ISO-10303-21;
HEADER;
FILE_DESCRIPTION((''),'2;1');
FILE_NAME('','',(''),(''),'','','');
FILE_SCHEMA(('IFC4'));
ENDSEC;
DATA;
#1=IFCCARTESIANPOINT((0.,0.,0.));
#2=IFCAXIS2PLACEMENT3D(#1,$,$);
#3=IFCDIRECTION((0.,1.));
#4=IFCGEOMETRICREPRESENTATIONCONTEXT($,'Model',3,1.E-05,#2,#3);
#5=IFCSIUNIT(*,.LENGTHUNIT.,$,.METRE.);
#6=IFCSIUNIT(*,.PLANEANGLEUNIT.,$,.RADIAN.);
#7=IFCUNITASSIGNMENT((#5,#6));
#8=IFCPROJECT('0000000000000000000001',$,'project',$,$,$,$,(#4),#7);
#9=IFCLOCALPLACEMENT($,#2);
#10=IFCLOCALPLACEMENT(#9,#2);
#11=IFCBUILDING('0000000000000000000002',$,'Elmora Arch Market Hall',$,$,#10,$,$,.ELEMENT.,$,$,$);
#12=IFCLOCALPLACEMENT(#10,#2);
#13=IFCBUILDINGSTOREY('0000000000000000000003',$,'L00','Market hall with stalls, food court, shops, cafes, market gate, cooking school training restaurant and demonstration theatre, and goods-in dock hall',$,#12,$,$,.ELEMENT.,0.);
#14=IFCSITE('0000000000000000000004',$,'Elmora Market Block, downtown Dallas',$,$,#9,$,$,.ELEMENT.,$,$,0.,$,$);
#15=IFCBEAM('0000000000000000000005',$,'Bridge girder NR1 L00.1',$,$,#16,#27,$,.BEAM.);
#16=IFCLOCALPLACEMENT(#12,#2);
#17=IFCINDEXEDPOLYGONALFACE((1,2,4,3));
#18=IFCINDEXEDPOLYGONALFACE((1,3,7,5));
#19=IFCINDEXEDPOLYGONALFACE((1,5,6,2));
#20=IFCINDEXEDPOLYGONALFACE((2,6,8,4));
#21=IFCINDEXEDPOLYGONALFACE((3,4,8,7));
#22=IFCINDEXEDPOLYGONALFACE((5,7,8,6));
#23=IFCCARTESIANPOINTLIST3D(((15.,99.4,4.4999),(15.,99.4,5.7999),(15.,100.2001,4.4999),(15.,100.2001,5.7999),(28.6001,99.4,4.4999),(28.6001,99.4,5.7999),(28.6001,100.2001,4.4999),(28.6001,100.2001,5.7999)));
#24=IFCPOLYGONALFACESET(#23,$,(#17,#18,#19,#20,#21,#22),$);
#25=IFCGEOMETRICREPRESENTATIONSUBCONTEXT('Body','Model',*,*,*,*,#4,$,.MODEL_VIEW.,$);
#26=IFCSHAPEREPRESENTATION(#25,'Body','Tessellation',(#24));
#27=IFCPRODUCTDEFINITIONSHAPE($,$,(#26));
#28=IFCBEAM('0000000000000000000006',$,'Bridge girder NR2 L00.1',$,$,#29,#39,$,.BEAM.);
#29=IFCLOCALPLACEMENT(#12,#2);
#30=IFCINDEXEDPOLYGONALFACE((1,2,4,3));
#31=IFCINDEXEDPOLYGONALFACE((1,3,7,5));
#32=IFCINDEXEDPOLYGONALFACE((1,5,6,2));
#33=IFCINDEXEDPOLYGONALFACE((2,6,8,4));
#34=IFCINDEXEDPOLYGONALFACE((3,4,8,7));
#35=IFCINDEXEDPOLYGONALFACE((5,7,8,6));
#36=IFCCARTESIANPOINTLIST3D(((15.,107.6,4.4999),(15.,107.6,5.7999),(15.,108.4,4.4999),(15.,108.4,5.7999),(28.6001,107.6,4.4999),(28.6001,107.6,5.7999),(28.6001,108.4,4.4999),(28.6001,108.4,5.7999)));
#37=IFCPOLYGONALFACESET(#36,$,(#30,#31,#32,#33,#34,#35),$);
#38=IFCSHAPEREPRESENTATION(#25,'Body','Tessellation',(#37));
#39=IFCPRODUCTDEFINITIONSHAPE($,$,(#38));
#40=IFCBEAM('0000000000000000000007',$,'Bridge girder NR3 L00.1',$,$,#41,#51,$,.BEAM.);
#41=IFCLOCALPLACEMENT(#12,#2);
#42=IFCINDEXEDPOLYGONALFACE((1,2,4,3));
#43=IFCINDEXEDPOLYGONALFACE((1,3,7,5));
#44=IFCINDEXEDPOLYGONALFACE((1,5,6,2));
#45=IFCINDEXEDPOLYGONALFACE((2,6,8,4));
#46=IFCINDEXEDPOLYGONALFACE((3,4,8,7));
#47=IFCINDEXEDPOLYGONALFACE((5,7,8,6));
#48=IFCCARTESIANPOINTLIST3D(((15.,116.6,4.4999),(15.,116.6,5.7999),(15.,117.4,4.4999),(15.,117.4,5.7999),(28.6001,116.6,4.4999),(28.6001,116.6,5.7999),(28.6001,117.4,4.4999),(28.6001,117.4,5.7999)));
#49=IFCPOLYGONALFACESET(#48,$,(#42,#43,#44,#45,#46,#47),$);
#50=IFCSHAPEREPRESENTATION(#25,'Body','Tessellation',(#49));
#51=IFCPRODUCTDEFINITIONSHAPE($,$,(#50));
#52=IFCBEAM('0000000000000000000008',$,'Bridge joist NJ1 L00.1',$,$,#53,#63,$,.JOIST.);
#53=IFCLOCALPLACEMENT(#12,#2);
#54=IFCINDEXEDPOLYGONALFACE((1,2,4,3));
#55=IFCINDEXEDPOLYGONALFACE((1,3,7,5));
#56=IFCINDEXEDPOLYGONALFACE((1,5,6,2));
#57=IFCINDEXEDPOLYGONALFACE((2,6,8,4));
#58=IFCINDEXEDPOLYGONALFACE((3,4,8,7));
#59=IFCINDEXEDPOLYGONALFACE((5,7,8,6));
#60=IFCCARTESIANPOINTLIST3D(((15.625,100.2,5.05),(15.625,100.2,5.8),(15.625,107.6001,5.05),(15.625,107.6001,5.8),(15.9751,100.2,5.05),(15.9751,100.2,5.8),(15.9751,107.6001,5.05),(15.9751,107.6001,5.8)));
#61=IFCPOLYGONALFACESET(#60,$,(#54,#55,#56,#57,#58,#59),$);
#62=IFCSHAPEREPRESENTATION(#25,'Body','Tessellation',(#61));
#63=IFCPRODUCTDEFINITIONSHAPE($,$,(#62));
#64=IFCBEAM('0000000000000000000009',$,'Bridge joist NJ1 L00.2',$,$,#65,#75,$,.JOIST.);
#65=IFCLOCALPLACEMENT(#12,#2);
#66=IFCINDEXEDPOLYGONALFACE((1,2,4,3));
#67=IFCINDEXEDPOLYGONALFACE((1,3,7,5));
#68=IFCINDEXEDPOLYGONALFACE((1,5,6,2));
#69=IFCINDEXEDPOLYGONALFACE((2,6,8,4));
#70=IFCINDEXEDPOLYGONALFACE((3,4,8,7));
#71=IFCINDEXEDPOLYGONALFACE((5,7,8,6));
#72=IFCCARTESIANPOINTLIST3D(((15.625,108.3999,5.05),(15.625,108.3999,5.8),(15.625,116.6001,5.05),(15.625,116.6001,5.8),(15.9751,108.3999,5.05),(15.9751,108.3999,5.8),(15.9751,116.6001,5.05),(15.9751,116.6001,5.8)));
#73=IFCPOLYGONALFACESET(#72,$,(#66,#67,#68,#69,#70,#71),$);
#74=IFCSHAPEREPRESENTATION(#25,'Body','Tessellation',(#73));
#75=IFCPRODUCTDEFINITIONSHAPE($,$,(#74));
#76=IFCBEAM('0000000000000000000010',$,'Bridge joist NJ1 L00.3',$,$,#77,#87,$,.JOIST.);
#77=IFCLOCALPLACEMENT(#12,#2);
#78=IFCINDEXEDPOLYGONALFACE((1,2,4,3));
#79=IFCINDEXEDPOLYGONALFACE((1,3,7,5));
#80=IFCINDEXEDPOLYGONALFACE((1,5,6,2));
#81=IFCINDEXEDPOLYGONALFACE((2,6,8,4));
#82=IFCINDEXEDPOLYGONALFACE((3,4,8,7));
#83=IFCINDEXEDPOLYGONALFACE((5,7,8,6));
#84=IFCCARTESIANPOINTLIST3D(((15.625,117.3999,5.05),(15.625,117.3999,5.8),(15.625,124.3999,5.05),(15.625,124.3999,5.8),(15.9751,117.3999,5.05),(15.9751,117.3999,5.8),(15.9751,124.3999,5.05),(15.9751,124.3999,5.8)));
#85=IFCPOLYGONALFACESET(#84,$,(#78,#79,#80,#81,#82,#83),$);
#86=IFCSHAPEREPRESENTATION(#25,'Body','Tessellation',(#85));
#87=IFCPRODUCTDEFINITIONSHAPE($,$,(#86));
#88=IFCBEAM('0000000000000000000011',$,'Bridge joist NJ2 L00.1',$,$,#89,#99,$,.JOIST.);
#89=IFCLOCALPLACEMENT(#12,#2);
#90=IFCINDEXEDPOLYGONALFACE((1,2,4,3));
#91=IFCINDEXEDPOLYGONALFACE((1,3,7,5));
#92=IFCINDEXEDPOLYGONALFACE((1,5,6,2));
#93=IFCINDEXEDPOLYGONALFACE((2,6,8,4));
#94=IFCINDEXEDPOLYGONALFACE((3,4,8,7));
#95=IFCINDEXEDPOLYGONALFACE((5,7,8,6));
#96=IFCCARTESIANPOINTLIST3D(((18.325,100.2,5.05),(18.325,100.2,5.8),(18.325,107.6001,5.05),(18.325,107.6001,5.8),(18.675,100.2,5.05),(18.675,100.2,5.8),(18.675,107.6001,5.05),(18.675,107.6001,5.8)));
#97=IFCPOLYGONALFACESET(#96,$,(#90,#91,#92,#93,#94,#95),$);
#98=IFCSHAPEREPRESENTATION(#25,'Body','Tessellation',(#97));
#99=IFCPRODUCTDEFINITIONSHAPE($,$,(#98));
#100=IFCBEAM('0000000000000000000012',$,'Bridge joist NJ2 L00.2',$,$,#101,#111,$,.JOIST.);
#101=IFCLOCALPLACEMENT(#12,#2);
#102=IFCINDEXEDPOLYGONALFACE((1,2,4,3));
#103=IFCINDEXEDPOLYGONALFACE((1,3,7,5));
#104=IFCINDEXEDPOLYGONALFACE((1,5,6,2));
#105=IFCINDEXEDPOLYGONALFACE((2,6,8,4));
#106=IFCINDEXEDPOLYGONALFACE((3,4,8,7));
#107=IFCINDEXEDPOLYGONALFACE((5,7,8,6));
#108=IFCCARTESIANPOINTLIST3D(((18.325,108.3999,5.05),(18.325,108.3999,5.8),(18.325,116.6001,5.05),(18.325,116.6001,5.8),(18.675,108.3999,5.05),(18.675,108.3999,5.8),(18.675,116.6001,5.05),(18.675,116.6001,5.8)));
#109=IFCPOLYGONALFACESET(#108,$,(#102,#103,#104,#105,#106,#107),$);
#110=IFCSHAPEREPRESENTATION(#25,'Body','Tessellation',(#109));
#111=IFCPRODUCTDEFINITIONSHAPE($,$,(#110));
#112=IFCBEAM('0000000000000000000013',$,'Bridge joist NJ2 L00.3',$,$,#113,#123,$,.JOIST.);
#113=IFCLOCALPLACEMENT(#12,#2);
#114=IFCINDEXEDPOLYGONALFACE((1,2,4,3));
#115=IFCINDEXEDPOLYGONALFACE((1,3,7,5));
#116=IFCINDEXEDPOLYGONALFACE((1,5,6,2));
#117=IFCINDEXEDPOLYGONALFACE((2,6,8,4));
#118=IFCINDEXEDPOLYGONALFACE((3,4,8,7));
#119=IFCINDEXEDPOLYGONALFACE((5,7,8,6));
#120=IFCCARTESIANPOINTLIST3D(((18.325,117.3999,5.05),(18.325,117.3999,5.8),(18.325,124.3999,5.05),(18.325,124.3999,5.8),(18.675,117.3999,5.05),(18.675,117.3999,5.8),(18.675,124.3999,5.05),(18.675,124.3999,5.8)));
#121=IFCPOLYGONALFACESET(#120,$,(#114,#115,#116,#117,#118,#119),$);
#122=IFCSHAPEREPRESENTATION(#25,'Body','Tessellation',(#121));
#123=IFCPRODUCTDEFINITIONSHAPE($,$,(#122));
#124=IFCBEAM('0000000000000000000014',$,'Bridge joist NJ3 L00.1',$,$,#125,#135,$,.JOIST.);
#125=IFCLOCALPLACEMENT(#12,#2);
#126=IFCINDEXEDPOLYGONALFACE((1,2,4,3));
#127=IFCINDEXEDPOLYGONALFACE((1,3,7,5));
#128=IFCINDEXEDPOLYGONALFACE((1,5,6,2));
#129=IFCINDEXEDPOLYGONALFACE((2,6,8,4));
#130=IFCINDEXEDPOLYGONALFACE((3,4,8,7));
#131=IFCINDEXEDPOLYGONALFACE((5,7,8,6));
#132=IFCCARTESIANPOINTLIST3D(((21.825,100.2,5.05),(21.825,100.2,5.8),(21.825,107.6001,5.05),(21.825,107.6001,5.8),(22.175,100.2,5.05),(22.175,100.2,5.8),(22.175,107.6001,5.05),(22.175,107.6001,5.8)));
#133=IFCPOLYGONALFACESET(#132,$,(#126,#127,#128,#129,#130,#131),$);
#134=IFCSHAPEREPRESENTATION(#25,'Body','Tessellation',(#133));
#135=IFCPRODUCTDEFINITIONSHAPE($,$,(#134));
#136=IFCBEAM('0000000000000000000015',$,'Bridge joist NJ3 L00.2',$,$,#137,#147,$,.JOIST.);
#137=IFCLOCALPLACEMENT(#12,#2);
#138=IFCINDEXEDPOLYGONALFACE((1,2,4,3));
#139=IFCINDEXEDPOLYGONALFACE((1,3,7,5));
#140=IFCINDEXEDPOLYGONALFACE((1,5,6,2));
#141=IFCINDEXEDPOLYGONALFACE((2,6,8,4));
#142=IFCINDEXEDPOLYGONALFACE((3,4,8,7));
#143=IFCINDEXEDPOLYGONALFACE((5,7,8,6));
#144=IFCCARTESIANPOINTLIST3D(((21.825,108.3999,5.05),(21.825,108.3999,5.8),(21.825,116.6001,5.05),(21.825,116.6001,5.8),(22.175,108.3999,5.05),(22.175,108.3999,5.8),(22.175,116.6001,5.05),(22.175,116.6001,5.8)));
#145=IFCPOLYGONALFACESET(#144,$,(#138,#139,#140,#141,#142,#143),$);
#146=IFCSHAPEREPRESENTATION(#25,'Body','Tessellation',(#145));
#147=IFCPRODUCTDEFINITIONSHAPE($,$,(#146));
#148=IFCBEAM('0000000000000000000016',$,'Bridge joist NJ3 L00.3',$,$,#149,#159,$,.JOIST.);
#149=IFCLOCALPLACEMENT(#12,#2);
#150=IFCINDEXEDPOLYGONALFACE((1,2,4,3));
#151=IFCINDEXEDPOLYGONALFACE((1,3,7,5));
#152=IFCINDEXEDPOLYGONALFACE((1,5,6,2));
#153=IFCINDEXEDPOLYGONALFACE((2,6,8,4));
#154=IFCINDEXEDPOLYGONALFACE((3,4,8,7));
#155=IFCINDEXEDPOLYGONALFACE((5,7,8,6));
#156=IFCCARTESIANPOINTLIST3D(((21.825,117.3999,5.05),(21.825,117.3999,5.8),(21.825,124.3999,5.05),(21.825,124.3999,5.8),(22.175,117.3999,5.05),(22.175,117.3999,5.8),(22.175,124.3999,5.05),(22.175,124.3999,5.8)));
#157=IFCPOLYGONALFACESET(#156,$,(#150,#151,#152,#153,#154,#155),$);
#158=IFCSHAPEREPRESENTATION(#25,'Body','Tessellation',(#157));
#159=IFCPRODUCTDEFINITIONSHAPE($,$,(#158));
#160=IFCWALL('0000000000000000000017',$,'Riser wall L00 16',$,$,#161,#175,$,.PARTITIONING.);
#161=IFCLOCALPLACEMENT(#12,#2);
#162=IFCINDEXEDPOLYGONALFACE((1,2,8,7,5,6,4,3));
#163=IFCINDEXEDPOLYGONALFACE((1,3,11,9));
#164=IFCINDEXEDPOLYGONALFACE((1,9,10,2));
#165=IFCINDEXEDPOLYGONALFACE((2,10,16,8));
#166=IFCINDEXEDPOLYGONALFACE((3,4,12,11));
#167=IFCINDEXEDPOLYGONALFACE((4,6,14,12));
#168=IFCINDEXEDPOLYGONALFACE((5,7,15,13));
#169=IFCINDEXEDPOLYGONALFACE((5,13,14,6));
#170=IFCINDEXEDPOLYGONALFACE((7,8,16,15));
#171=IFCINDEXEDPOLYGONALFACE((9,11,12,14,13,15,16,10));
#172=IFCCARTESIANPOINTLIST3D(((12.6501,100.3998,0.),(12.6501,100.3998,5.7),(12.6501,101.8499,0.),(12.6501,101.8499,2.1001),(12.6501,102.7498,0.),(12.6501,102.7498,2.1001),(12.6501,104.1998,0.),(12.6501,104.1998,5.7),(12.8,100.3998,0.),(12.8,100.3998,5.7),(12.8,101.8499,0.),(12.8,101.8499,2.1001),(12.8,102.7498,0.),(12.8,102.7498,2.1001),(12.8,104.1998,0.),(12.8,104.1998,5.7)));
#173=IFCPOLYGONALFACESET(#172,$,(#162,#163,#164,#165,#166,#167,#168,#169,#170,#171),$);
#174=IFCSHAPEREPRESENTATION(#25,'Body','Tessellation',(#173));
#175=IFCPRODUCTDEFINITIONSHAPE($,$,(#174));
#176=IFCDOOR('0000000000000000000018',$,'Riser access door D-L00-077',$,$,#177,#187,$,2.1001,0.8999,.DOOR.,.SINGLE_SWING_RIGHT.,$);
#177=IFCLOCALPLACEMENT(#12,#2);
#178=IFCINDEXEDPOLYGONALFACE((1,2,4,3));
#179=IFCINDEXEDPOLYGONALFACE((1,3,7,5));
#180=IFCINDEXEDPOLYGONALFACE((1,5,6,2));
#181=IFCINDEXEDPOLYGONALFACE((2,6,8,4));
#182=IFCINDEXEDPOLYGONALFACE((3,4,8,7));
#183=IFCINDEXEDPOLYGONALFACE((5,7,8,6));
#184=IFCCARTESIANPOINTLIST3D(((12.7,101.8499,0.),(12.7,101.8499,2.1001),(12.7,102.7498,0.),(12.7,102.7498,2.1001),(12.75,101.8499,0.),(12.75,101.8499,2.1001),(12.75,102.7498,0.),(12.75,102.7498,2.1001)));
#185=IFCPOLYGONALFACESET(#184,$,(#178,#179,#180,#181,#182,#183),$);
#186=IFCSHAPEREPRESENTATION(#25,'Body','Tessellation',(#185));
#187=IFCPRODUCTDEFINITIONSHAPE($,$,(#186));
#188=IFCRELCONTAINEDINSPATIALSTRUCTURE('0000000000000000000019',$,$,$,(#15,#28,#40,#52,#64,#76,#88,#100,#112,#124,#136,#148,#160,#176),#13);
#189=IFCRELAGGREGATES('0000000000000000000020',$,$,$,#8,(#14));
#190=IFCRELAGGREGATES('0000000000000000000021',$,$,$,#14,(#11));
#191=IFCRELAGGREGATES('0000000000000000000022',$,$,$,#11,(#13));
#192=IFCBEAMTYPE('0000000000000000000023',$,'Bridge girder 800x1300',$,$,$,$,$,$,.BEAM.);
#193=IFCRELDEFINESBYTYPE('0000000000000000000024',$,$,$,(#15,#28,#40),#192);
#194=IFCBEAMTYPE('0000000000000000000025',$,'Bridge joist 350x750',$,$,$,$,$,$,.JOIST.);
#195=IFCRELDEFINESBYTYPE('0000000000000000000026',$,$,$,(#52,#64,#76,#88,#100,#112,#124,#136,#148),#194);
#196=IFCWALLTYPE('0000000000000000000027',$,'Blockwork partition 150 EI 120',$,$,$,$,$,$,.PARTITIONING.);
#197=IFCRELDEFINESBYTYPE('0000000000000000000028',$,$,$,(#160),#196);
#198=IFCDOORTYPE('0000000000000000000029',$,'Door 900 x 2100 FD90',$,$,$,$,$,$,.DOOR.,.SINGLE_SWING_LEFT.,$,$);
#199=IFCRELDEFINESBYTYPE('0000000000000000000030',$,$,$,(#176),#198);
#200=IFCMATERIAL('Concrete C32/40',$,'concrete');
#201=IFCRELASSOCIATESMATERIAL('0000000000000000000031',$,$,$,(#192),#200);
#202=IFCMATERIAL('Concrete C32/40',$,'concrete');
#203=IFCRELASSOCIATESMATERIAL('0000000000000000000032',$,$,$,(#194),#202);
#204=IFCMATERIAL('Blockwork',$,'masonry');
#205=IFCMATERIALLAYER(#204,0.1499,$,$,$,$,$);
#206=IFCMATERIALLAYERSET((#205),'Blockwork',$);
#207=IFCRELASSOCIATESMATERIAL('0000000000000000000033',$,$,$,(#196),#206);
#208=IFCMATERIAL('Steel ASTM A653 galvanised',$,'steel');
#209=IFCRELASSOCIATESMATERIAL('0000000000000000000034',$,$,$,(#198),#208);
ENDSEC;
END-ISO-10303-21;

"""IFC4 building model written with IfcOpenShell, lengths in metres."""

from ifc_helpers import new_model, si_unit, direction, frame, frame_2d, origin, origin_2d, place, context, subcontext, project, spatial, rectangle, extrude, material, layer, layer_set, material_profile, profile_set, type_object, element, fill, save


model = new_model("IFC4")

# Units and contexts
model_context = context("Model", 3, precision=1e-05, world=origin(), true_north=direction((0.0, 1.0)))
body_context = subcontext(model_context, "Body", "Model", "MODEL_VIEW")
ifc_project = project(units=[si_unit("LENGTHUNIT", "METRE"), si_unit("PLANEANGLEUNIT", "RADIAN")], contexts=[model_context])

# Site, building, storey
site_placement = place(None, origin())
site = spatial("IfcSite", under=ifc_project, at=site_placement, Name="Elmora Market Block, downtown Dallas", CompositionType="ELEMENT", RefElevation=0.0)
building_placement = place(site_placement, origin())
building = spatial("IfcBuilding", under=site, at=building_placement, Name="Elmora Arch Market Hall", CompositionType="ELEMENT")
storey_placement = place(building_placement, origin())
storey = spatial("IfcBuildingStorey", under=building, at=storey_placement, Name="L00", Description="Market hall with stalls, food court, shops, cafes, market gate, cooking school training restaurant and demonstration theatre, and goods-in dock hall", CompositionType="ELEMENT", Elevation=0.0)

# Beams
ifc_material_1 = material(Name="Concrete C32/40", Category="concrete")
ifc_material_profile_1 = material_profile(ifc_material_1, rectangle(XDim=0.8, YDim=1.3, at=origin_2d()), Name="Bridge girder 800x1300")
ifc_profile_set_1 = profile_set([ifc_material_profile_1], Name="Concrete C32/40")
beam_type_1 = type_object("IfcBeamType", Name="Bridge girder 800x1300", PredefinedType="BEAM", material=ifc_profile_set_1)
for number, where, z_axis, x_axis, name in (
    (1, (15.0, 99.8, 5.1499), (1.0, 0.0, 0.0), (0.0, 1.0, 0.0), "Bridge girder NR1 L00.1"),
    (2, (15.0, 108.0, 5.1499), (1.0, 0.0, 0.0), (0.0, 1.0, 0.0), "Bridge girder NR2 L00.1"),
    (3, (15.0, 117.0, 5.1499), (1.0, 0.0, 0.0), (0.0, 1.0, 0.0), "Bridge girder NR3 L00.1"),
):
    element("IfcBeam", number, at=place(storey_placement, frame(where, z_axis=z_axis, x_axis=x_axis)), inside=storey, type_object=beam_type_1, Name=name, PredefinedType="BEAM", context=body_context, shape_type="SweptSolid", body=[
        extrude(rectangle(XDim=0.8, YDim=1.3, at=origin_2d()), origin(), (0.0, 0.0, 1.0), 13.6001),
    ])
ifc_material_2 = material(Name="Concrete C32/40", Category="concrete")
ifc_material_profile_2 = material_profile(ifc_material_2, rectangle(XDim=0.3501, YDim=0.75, at=origin_2d()), Name="Bridge joist 350x750")
ifc_profile_set_2 = profile_set([ifc_material_profile_2], Name="Concrete C32/40")
beam_type_2 = type_object("IfcBeamType", Name="Bridge joist 350x750", PredefinedType="JOIST", material=ifc_profile_set_2)
beam_1_placement = place(storey_placement, frame((15.8, 100.2, 5.425), z_axis=(0.0, 1.0, 0.0), x_axis=(-1.0, 0.0, 0.0)))
element("IfcBeam", 4, at=beam_1_placement, inside=storey, type_object=beam_type_2, Name="Bridge joist NJ1 L00.1", PredefinedType="JOIST", context=body_context, shape_type="SweptSolid", body=[
    extrude(rectangle(XDim=0.3501, YDim=0.75, at=origin_2d()), origin(), (0.0, 0.0, 1.0), 7.4001),
])
beam_2_placement = place(storey_placement, frame((15.8, 108.3999, 5.425), z_axis=(0.0, 1.0, 0.0), x_axis=(-1.0, 0.0, 0.0)))
element("IfcBeam", 5, at=beam_2_placement, inside=storey, type_object=beam_type_2, Name="Bridge joist NJ1 L00.2", PredefinedType="JOIST", context=body_context, shape_type="SweptSolid", body=[
    extrude(rectangle(XDim=0.3501, YDim=0.75, at=origin_2d()), origin(), (0.0, 0.0, 1.0), 8.2002),
])
beam_3_placement = place(storey_placement, frame((15.8, 117.3999, 5.425), z_axis=(0.0, 1.0, 0.0), x_axis=(-1.0, 0.0, 0.0)))
element("IfcBeam", 6, at=beam_3_placement, inside=storey, type_object=beam_type_2, Name="Bridge joist NJ1 L00.3", PredefinedType="JOIST", context=body_context, shape_type="SweptSolid", body=[
    extrude(rectangle(XDim=0.3501, YDim=0.75, at=origin_2d()), origin(), (0.0, 0.0, 1.0), 7.0),
])
beam_4_placement = place(storey_placement, frame((18.5, 100.2, 5.425), z_axis=(0.0, 1.0, 0.0), x_axis=(-1.0, 0.0, 0.0)))
element("IfcBeam", 7, at=beam_4_placement, inside=storey, type_object=beam_type_2, Name="Bridge joist NJ2 L00.1", PredefinedType="JOIST", context=body_context, shape_type="SweptSolid", body=[
    extrude(rectangle(XDim=0.3501, YDim=0.75, at=origin_2d()), origin(), (0.0, 0.0, 1.0), 7.4001),
])
beam_5_placement = place(storey_placement, frame((18.5, 108.3999, 5.425), z_axis=(0.0, 1.0, 0.0), x_axis=(-1.0, 0.0, 0.0)))
element("IfcBeam", 8, at=beam_5_placement, inside=storey, type_object=beam_type_2, Name="Bridge joist NJ2 L00.2", PredefinedType="JOIST", context=body_context, shape_type="SweptSolid", body=[
    extrude(rectangle(XDim=0.3501, YDim=0.75, at=origin_2d()), origin(), (0.0, 0.0, 1.0), 8.2002),
])
beam_6_placement = place(storey_placement, frame((18.5, 117.3999, 5.425), z_axis=(0.0, 1.0, 0.0), x_axis=(-1.0, 0.0, 0.0)))
element("IfcBeam", 9, at=beam_6_placement, inside=storey, type_object=beam_type_2, Name="Bridge joist NJ2 L00.3", PredefinedType="JOIST", context=body_context, shape_type="SweptSolid", body=[
    extrude(rectangle(XDim=0.3501, YDim=0.75, at=origin_2d()), origin(), (0.0, 0.0, 1.0), 7.0),
])
beam_7_placement = place(storey_placement, frame((22.0, 100.2, 5.425), z_axis=(0.0, 1.0, 0.0), x_axis=(-1.0, 0.0, 0.0)))
element("IfcBeam", 10, at=beam_7_placement, inside=storey, type_object=beam_type_2, Name="Bridge joist NJ3 L00.1", PredefinedType="JOIST", context=body_context, shape_type="SweptSolid", body=[
    extrude(rectangle(XDim=0.3501, YDim=0.75, at=origin_2d()), origin(), (0.0, 0.0, 1.0), 7.4001),
])
beam_8_placement = place(storey_placement, frame((22.0, 108.3999, 5.425), z_axis=(0.0, 1.0, 0.0), x_axis=(-1.0, 0.0, 0.0)))
element("IfcBeam", 11, at=beam_8_placement, inside=storey, type_object=beam_type_2, Name="Bridge joist NJ3 L00.2", PredefinedType="JOIST", context=body_context, shape_type="SweptSolid", body=[
    extrude(rectangle(XDim=0.3501, YDim=0.75, at=origin_2d()), origin(), (0.0, 0.0, 1.0), 8.2002),
])
beam_9_placement = place(storey_placement, frame((22.0, 117.3999, 5.425), z_axis=(0.0, 1.0, 0.0), x_axis=(-1.0, 0.0, 0.0)))
element("IfcBeam", 12, at=beam_9_placement, inside=storey, type_object=beam_type_2, Name="Bridge joist NJ3 L00.3", PredefinedType="JOIST", context=body_context, shape_type="SweptSolid", body=[
    extrude(rectangle(XDim=0.3501, YDim=0.75, at=origin_2d()), origin(), (0.0, 0.0, 1.0), 7.0),
])

# Wall, opening, door
ifc_material_3 = material(Name="Blockwork", Category="masonry")
ifc_layer_1 = layer(ifc_material_3, 0.1499)
ifc_layer_set_1 = layer_set([ifc_layer_1], Name="Blockwork")
wall_type_1 = type_object("IfcWallType", Name="Blockwork partition 150 EI 120", PredefinedType="PARTITIONING", material=ifc_layer_set_1)
wall_1_placement = place(storey_placement, frame((12.7251, 100.3999, 0.0), z_axis=(0.0, 0.0, 1.0), x_axis=(0.0, 1.0, 0.0)))
wall_1 = element("IfcWall", 13, at=wall_1_placement, inside=storey, type_object=wall_type_1, Name="Riser wall L00 16", PredefinedType="PARTITIONING", context=body_context, shape_type="SweptSolid", body=[
    extrude(rectangle(XDim=3.8, YDim=0.1499, at=frame_2d((1.8999, 0.0))), origin(), (0.0, 0.0, 1.0), 5.7),
])
opening_1_placement = place(wall_1_placement, frame((1.45, 0.0, 0.0)))
opening_1 = element("IfcOpeningElement", 14, at=opening_1_placement, cuts=wall_1, PredefinedType="OPENING", context=body_context, shape_type="SweptSolid", body=[
    extrude(rectangle(XDim=0.8999, YDim=2.1001, at=frame_2d((0.45, 1.05))), frame((0.0, 0.085, 0.0), z_axis=(0.0, -1.0, 0.0), x_axis=(1.0, 0.0, 0.0)), (0.0, 0.0, 1.0), 0.1699),
])
ifc_material_4 = material(Name="Steel ASTM A653 galvanised", Category="steel")
door_type = type_object("IfcDoorType", Name="Door 900 x 2100 FD90", OperationType="SINGLE_SWING_LEFT", PredefinedType="DOOR", material=ifc_material_4)
door_1_placement = place(opening_1_placement, frame((0.8999, 0.0, 0.0), z_axis=(0.0, 0.0, 1.0), x_axis=(-1.0, 0.0, 0.0)))
door_1 = element("IfcDoor", 15, at=door_1_placement, inside=storey, type_object=door_type, Name="Riser access door D-L00-077", OperationType="SINGLE_SWING_RIGHT", OverallHeight=2.1001, OverallWidth=0.8999, PredefinedType="DOOR", context=body_context, shape_type="SweptSolid", body=[
    extrude(rectangle(XDim=0.8999, YDim=2.1001, at=frame_2d((0.45, 1.05))), frame((0.0, 0.0249, 0.0), z_axis=(0.0, -1.0, 0.0), x_axis=(1.0, 0.0, 0.0)), (0.0, 0.0, 1.0), 0.05),
])
fill(opening_1, door_1)

save(model, "model.ifc")
